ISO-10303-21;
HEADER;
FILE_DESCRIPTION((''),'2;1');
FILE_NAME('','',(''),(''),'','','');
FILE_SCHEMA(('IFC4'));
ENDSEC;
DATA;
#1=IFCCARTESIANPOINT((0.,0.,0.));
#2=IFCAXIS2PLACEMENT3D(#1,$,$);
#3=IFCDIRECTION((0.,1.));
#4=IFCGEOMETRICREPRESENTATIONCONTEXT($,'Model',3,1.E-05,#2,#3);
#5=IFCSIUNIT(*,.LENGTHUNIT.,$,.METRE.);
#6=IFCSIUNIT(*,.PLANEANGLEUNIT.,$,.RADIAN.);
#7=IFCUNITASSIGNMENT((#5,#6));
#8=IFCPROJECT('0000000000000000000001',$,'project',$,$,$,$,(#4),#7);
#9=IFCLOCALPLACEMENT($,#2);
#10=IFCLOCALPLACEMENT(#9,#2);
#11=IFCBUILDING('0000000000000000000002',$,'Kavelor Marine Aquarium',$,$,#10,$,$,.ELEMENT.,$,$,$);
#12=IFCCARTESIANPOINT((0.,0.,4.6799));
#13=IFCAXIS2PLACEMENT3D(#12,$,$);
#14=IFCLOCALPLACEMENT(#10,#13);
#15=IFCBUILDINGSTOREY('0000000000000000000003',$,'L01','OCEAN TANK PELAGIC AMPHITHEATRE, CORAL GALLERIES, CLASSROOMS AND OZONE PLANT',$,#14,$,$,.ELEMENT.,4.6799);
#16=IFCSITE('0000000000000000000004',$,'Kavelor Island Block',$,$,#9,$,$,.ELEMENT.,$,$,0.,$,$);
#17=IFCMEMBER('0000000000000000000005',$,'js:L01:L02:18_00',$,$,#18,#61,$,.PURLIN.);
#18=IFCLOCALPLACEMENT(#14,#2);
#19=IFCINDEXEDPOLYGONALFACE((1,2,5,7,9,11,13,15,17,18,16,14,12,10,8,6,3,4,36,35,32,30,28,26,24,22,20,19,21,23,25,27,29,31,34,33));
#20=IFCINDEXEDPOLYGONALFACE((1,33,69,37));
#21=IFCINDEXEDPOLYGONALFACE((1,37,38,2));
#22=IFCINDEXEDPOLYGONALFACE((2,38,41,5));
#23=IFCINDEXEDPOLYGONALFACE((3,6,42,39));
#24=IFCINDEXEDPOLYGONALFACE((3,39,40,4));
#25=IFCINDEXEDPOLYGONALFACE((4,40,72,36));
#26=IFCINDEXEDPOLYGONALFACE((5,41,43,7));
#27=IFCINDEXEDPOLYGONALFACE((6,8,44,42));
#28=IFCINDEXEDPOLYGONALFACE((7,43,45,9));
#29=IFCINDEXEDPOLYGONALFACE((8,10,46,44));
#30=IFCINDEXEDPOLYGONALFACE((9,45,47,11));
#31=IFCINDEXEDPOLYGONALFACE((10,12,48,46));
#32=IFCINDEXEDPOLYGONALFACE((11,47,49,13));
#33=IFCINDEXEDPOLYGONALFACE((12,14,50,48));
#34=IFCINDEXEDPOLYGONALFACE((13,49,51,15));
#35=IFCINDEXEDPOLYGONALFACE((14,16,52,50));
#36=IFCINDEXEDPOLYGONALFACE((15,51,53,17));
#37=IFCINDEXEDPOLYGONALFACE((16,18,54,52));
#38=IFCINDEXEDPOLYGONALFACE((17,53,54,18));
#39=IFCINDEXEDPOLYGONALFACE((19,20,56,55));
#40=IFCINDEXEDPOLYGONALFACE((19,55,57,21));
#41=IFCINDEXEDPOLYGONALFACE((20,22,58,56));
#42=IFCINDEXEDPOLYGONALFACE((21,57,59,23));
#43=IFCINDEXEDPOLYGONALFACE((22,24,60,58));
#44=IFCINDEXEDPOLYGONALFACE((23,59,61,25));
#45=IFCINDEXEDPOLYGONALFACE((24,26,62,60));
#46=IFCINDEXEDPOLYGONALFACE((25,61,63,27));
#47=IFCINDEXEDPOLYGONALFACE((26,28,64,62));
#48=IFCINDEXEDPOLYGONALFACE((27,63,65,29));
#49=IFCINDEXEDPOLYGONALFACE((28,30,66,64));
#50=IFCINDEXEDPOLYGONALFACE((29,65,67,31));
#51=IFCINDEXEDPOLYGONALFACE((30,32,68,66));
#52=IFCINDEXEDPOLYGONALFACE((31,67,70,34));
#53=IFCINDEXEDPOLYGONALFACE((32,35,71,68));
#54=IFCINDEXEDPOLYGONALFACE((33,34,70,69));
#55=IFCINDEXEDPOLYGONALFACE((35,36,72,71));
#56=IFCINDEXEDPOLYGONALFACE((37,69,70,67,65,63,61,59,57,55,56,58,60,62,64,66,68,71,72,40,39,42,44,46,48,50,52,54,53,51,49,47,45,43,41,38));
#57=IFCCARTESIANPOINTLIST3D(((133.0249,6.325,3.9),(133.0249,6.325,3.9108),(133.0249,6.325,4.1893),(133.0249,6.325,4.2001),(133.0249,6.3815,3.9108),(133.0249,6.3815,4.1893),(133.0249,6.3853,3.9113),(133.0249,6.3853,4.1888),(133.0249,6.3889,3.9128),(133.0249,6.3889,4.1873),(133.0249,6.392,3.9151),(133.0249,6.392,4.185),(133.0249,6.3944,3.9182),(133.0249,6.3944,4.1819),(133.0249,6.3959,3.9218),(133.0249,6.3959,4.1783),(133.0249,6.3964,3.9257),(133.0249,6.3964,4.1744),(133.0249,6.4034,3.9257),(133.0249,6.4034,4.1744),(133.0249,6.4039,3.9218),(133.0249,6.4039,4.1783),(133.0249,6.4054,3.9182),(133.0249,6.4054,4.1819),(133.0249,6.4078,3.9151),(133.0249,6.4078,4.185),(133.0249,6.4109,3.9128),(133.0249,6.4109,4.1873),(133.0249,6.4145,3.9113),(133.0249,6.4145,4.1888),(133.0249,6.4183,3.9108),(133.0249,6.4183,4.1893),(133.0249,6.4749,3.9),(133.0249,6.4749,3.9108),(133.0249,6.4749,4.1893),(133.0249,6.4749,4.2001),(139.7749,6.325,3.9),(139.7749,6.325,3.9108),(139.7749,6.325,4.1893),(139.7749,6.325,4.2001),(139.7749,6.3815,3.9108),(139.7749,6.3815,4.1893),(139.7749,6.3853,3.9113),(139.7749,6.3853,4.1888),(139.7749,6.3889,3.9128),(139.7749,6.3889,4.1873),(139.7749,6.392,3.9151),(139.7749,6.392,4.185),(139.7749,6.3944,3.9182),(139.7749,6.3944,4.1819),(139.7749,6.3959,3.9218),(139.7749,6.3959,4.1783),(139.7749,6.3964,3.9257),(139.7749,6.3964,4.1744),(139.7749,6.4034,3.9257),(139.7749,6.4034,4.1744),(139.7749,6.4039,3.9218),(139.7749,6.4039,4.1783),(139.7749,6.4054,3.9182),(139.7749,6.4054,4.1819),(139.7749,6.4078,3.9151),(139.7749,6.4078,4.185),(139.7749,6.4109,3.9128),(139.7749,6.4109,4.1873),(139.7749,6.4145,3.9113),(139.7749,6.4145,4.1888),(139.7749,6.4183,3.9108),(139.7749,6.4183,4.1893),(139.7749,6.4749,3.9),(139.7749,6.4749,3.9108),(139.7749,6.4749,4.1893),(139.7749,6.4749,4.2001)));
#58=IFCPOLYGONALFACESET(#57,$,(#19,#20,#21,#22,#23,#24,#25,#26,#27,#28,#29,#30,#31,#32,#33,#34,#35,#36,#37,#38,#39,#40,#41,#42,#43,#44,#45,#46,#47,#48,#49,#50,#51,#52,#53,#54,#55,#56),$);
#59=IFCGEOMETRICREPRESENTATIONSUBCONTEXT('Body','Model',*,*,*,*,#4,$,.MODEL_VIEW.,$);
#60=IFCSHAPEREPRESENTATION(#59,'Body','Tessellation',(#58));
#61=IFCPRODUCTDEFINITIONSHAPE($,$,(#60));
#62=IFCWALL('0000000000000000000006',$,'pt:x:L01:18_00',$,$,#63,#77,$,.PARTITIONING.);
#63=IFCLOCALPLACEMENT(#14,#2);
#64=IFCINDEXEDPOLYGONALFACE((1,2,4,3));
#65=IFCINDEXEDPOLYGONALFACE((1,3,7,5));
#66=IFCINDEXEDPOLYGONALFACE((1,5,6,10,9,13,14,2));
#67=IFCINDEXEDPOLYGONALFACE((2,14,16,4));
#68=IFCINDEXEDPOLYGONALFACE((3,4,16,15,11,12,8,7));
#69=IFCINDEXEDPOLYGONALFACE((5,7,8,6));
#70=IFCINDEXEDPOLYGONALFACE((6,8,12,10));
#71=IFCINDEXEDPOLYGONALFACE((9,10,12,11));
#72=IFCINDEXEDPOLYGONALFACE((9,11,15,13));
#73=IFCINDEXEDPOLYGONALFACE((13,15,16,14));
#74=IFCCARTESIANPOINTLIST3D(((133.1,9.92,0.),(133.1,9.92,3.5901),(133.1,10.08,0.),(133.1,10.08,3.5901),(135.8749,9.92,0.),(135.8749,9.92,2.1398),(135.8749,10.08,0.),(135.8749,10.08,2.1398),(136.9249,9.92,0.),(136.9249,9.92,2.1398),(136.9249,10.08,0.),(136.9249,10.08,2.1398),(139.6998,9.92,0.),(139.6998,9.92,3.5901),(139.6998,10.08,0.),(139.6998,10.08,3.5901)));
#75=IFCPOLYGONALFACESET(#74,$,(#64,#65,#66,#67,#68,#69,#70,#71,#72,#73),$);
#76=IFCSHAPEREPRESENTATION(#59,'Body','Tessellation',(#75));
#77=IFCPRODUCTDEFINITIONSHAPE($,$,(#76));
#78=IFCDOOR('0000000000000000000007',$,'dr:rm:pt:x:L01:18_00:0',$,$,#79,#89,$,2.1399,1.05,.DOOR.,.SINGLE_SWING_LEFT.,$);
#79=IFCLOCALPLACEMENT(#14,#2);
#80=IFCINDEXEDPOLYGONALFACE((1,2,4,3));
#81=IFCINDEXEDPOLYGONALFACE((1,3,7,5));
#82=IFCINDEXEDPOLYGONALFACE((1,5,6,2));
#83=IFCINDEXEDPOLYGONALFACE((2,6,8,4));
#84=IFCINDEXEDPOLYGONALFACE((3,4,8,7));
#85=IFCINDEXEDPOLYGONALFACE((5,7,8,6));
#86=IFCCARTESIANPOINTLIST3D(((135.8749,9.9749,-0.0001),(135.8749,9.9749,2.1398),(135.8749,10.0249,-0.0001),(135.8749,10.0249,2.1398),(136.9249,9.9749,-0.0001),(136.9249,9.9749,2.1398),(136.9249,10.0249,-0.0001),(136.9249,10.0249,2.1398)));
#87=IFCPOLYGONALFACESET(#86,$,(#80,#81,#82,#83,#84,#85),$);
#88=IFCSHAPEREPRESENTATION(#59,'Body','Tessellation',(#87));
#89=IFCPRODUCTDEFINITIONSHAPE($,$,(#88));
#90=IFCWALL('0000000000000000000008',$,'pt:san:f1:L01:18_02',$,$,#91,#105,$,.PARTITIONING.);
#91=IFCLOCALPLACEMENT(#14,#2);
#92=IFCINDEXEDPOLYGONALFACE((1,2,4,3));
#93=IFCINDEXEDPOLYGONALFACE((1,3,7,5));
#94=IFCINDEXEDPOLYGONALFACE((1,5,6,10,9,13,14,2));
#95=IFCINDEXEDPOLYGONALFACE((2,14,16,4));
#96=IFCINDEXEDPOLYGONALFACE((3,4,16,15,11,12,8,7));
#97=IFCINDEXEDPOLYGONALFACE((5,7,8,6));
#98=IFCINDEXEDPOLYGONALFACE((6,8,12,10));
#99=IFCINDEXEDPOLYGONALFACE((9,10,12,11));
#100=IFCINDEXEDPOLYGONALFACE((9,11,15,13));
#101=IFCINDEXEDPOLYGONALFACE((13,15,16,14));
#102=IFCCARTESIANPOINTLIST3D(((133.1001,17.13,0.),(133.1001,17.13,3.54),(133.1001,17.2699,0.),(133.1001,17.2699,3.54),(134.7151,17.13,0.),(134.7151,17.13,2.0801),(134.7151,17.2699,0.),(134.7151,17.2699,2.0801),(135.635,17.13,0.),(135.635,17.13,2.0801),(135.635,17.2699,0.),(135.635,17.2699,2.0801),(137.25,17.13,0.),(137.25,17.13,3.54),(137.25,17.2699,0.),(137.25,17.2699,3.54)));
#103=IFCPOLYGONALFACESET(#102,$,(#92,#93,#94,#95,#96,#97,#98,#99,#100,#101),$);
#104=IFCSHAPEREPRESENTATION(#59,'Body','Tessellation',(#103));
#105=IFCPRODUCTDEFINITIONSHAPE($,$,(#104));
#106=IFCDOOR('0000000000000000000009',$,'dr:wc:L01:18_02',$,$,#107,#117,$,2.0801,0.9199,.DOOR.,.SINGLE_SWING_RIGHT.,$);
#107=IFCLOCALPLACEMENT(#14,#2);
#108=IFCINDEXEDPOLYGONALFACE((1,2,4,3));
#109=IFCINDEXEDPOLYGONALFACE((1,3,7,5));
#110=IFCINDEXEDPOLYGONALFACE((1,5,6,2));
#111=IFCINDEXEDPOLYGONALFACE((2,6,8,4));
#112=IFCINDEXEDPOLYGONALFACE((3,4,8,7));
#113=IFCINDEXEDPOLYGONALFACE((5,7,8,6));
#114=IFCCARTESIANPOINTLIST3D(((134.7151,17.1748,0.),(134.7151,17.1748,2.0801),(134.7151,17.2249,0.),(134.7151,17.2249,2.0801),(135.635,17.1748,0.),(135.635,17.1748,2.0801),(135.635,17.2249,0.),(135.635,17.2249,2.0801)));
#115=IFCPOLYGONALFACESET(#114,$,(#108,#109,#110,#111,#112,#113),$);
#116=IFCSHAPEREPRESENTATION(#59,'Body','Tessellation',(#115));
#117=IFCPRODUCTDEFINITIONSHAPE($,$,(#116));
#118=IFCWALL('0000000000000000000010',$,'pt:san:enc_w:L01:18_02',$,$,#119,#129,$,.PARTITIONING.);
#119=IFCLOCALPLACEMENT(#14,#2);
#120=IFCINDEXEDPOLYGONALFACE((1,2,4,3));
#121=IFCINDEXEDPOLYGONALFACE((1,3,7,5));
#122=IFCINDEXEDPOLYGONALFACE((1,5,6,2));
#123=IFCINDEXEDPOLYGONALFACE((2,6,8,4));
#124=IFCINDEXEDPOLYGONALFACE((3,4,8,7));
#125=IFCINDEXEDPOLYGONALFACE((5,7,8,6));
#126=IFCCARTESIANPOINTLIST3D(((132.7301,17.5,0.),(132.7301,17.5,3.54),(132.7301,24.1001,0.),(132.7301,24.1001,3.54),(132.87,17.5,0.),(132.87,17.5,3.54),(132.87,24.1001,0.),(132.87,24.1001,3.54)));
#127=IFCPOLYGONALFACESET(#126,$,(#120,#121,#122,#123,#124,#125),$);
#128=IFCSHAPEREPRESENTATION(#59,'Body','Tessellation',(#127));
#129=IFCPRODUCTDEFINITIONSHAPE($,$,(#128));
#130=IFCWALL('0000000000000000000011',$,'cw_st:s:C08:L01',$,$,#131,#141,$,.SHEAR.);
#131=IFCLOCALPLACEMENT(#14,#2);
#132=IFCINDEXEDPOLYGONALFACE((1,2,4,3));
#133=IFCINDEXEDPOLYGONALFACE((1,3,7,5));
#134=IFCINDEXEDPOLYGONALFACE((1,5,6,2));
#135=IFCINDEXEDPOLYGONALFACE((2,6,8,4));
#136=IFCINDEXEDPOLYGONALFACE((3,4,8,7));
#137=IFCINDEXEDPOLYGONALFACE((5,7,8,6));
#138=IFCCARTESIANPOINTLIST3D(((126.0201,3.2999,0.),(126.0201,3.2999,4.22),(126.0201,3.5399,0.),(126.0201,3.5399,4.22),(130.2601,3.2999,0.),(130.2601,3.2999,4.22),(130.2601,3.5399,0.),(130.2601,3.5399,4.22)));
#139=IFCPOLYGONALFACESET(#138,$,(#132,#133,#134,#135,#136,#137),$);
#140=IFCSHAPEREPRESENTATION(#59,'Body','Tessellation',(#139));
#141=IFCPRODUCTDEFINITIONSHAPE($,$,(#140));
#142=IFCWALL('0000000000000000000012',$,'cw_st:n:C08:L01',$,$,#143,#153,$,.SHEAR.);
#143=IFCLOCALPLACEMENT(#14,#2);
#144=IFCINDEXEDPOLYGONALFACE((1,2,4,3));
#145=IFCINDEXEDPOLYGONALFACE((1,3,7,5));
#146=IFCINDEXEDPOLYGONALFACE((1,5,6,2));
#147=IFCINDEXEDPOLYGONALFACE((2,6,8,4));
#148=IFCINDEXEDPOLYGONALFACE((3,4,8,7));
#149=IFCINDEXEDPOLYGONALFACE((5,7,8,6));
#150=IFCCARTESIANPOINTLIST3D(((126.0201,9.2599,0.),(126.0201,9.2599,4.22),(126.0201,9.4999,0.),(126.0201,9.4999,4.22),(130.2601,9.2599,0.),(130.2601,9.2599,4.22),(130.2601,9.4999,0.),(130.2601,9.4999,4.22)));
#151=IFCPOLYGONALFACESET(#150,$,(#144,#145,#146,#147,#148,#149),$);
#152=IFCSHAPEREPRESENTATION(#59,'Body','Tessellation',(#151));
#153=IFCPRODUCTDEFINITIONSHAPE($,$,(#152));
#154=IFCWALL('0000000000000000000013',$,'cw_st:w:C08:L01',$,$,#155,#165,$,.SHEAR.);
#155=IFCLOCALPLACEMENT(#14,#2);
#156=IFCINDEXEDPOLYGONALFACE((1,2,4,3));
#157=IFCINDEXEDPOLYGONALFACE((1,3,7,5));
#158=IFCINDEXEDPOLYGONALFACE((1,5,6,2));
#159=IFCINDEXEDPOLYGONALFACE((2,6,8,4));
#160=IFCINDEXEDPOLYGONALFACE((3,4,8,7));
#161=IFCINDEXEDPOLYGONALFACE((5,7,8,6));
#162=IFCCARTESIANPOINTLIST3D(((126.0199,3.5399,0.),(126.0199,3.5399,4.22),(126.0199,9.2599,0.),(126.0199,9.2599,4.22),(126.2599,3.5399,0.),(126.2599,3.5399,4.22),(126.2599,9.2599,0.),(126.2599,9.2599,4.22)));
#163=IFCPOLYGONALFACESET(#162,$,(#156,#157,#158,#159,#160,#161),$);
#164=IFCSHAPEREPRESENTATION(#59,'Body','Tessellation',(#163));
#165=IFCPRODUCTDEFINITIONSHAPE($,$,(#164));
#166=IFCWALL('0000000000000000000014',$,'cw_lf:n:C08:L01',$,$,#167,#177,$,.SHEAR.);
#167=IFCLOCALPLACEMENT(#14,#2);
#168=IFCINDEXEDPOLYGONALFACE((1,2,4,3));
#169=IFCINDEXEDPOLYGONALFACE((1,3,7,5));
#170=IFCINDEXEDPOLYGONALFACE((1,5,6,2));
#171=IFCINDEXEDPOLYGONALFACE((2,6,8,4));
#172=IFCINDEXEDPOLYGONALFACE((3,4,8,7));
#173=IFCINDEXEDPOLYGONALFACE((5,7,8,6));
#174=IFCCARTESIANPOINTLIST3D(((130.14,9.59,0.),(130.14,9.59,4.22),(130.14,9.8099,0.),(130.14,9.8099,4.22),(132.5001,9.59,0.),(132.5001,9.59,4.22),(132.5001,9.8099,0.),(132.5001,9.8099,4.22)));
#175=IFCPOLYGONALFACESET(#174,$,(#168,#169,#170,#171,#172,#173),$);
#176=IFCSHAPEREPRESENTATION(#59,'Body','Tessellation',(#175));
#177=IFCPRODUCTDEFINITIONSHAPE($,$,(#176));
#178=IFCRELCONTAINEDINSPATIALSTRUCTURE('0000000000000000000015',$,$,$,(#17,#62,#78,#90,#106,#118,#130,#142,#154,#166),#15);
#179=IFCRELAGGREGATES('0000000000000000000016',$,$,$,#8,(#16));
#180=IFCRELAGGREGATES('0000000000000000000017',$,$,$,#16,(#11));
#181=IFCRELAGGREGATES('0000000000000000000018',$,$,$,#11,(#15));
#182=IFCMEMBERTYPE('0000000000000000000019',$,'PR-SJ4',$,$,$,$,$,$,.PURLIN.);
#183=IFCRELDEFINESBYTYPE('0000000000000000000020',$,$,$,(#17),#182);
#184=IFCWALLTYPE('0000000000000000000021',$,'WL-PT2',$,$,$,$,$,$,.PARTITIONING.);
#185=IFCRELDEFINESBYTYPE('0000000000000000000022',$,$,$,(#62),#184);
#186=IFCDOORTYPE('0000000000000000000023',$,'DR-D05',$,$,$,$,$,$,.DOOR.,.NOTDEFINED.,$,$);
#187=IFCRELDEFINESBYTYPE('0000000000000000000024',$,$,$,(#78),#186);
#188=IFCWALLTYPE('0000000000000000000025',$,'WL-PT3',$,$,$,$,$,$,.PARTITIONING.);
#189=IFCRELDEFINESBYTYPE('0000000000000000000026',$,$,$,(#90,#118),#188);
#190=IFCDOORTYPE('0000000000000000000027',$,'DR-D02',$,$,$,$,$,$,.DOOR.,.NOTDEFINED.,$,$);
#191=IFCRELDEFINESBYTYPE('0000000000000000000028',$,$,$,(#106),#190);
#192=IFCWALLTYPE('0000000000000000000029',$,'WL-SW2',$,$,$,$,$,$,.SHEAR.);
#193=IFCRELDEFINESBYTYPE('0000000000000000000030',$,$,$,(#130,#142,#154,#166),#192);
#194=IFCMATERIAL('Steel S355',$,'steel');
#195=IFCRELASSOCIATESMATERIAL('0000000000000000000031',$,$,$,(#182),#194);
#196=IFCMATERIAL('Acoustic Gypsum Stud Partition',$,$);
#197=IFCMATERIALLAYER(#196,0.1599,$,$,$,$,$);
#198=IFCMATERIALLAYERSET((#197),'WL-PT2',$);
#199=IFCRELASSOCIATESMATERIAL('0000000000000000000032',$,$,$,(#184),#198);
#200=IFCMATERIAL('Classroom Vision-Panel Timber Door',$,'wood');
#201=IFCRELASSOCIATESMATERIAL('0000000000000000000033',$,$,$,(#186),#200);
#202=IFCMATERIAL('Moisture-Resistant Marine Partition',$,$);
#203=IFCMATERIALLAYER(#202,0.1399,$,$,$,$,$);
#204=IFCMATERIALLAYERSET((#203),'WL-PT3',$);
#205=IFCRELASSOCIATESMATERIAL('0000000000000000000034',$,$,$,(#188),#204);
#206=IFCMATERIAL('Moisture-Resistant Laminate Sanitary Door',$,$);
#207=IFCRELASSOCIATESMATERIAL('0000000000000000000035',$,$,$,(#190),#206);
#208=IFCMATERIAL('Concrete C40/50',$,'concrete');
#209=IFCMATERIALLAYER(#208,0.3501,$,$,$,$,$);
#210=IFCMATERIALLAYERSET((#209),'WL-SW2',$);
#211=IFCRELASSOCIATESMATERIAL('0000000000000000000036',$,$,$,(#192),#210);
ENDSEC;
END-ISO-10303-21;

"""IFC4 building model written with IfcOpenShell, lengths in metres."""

from ifc_helpers import new_model, si_unit, direction, frame, frame_2d, origin, origin_2d, place, context, subcontext, project, spatial, rectangle, i_section, extrude, material, layer, layer_set, material_profile, profile_set, type_object, element, fill, save


model = new_model("IFC4")

# Units and contexts
model_context = context("Model", 3, precision=1e-05, world=origin(), true_north=direction((0.0, 1.0)))
body_context = subcontext(model_context, "Body", "Model", "MODEL_VIEW")
ifc_project = project(units=[si_unit("LENGTHUNIT", "METRE"), si_unit("PLANEANGLEUNIT", "RADIAN")], contexts=[model_context])

# Site, building, storey
site_placement = place(None, origin())
site = spatial("IfcSite", under=ifc_project, at=site_placement, Name="Kavelor Island Block", CompositionType="ELEMENT", RefElevation=0.0)
building_placement = place(site_placement, origin())
building = spatial("IfcBuilding", under=site, at=building_placement, Name="Kavelor Marine Aquarium", CompositionType="ELEMENT")
storey_placement = place(building_placement, frame((0.0, 0.0, 4.6799)))
storey = spatial("IfcBuildingStorey", under=building, at=storey_placement, Name="L01", Description="OCEAN TANK PELAGIC AMPHITHEATRE, CORAL GALLERIES, CLASSROOMS AND OZONE PLANT", CompositionType="ELEMENT", Elevation=4.6799)

# Member
ifc_material_1 = material(Name="Steel S355", Category="steel")
ifc_material_profile_1 = material_profile(ifc_material_1, i_section(OverallWidth=0.1499, OverallDepth=0.3, WebThickness=0.0071, FlangeThickness=0.0107, FilletRadius=0.0149, at=origin_2d()), Name="IPE 300")
ifc_profile_set_1 = profile_set([ifc_material_profile_1], Name="Steel S355")
member_type_1 = type_object("IfcMemberType", Name="PR-SJ4", PredefinedType="PURLIN", material=ifc_profile_set_1)
member_1_placement = place(storey_placement, frame((133.0249, 6.3999, 4.05), z_axis=(1.0, 0.0, 0.0), x_axis=(0.0, 1.0, 0.0)))
element("IfcMember", 1, at=member_1_placement, inside=storey, type_object=member_type_1, Name="js:L01:L02:18_00", PredefinedType="PURLIN", context=body_context, shape_type="SweptSolid", body=[
    extrude(i_section(OverallWidth=0.1499, OverallDepth=0.3, WebThickness=0.0071, FlangeThickness=0.0107, FilletRadius=0.0149, at=origin_2d()), origin(), (0.0, 0.0, 1.0), 6.75),
])

# Walls, openings, doors
ifc_material_2 = material(Name="Acoustic Gypsum Stud Partition")
ifc_layer_1 = layer(ifc_material_2, 0.1599)
ifc_layer_set_1 = layer_set([ifc_layer_1], Name="WL-PT2")
wall_type_1 = type_object("IfcWallType", Name="WL-PT2", PredefinedType="PARTITIONING", material=ifc_layer_set_1)
wall_1_placement = place(storey_placement, frame((133.1001, 10.0, 0.0), z_axis=(0.0, 0.0, 1.0), x_axis=(1.0, 0.0, 0.0)))
wall_1 = element("IfcWall", 2, at=wall_1_placement, inside=storey, type_object=wall_type_1, Name="pt:x:L01:18_00", PredefinedType="PARTITIONING", context=body_context, shape_type="SweptSolid", body=[
    extrude(rectangle(XDim=6.5999, YDim=0.1599, at=frame_2d((3.2998, 0.0))), origin(), (0.0, 0.0, 1.0), 3.5901),
])
opening_1_placement = place(wall_1_placement, frame((2.7749, 0.0, 0.0)))
opening_1 = element("IfcOpeningElement", 3, at=opening_1_placement, cuts=wall_1, PredefinedType="OPENING", context=body_context, shape_type="SweptSolid", body=[
    extrude(rectangle(XDim=1.05, YDim=2.1399, at=frame_2d((0.5249, 1.0698))), frame((0.0, 0.0898, 0.0), z_axis=(0.0, -1.0, 0.0), x_axis=(1.0, 0.0, 0.0)), (0.0, 0.0, 1.0), 0.1799),
])
ifc_material_3 = material(Name="Classroom Vision-Panel Timber Door", Category="wood")
door_type_1 = type_object("IfcDoorType", Name="DR-D05", OperationType="NOTDEFINED", PredefinedType="DOOR", material=ifc_material_3)
door_1_placement = place(opening_1_placement, origin())
door_1 = element("IfcDoor", 4, at=door_1_placement, inside=storey, type_object=door_type_1, Name="dr:rm:pt:x:L01:18_00:0", OperationType="SINGLE_SWING_LEFT", OverallHeight=2.1399, OverallWidth=1.05, PredefinedType="DOOR", context=body_context, shape_type="SweptSolid", body=[
    extrude(rectangle(XDim=1.05, YDim=2.1399, at=frame_2d((0.5249, 1.0698))), frame((0.0, 0.0249, 0.0), z_axis=(0.0, -1.0, 0.0), x_axis=(1.0, 0.0, 0.0)), (0.0, 0.0, 1.0), 0.05),
])
fill(opening_1, door_1)
ifc_material_4 = material(Name="Moisture-Resistant Marine Partition")
ifc_layer_2 = layer(ifc_material_4, 0.1399)
ifc_layer_set_2 = layer_set([ifc_layer_2], Name="WL-PT3")
wall_type_2 = type_object("IfcWallType", Name="WL-PT3", PredefinedType="PARTITIONING", material=ifc_layer_set_2)
wall_2_placement = place(storey_placement, frame((133.1001, 17.2, 0.0), z_axis=(0.0, 0.0, 1.0), x_axis=(1.0, 0.0, 0.0)))
wall_2 = element("IfcWall", 5, at=wall_2_placement, inside=storey, type_object=wall_type_2, Name="pt:san:f1:L01:18_02", PredefinedType="PARTITIONING", context=body_context, shape_type="SweptSolid", body=[
    extrude(rectangle(XDim=4.1499, YDim=0.1399, at=frame_2d((2.075, 0.0))), origin(), (0.0, 0.0, 1.0), 3.54),
])
opening_2_placement = place(wall_2_placement, frame((1.615, 0.0, 0.0)))
opening_2 = element("IfcOpeningElement", 6, at=opening_2_placement, cuts=wall_2, PredefinedType="OPENING", context=body_context, shape_type="SweptSolid", body=[
    extrude(rectangle(XDim=0.9199, YDim=2.0801, at=frame_2d((0.46, 1.04))), frame((0.0, 0.0798, 0.0), z_axis=(0.0, -1.0, 0.0), x_axis=(1.0, 0.0, 0.0)), (0.0, 0.0, 1.0), 0.1599),
])
ifc_material_5 = material(Name="Moisture-Resistant Laminate Sanitary Door")
door_type_2 = type_object("IfcDoorType", Name="DR-D02", OperationType="NOTDEFINED", PredefinedType="DOOR", material=ifc_material_5)
door_2_placement = place(opening_2_placement, origin())
door_2 = element("IfcDoor", 7, at=door_2_placement, inside=storey, type_object=door_type_2, Name="dr:wc:L01:18_02", OperationType="SINGLE_SWING_RIGHT", OverallHeight=2.0801, OverallWidth=0.9199, PredefinedType="DOOR", context=body_context, shape_type="SweptSolid", body=[
    extrude(rectangle(XDim=0.9199, YDim=2.0801, at=frame_2d((0.46, 1.04))), frame((0.0, 0.0249, 0.0), z_axis=(0.0, -1.0, 0.0), x_axis=(1.0, 0.0, 0.0)), (0.0, 0.0, 1.0), 0.05),
])
fill(opening_2, door_2)

# Walls
wall_3_placement = place(storey_placement, frame((132.8, 17.5, 0.0), z_axis=(0.0, 0.0, 1.0), x_axis=(0.0, 1.0, 0.0)))
element("IfcWall", 8, at=wall_3_placement, inside=storey, type_object=wall_type_2, Name="pt:san:enc_w:L01:18_02", PredefinedType="PARTITIONING", context=body_context, shape_type="SweptSolid", body=[
    extrude(rectangle(XDim=6.6001, YDim=0.1399, at=frame_2d((3.3, 0.0))), origin(), (0.0, 0.0, 1.0), 3.54),
])
ifc_material_6 = material(Name="Concrete C40/50", Category="concrete")
ifc_layer_3 = layer(ifc_material_6, 0.3501)
ifc_layer_set_3 = layer_set([ifc_layer_3], Name="WL-SW2")
wall_type_3 = type_object("IfcWallType", Name="WL-SW2", PredefinedType="SHEAR", material=ifc_layer_set_3)
for number, where, z_axis, x_axis, name in (
    (9, (126.02, 3.4199, 0.0), (0.0, 0.0, 1.0), (1.0, 0.0, 0.0), "cw_st:s:C08:L01"),
    (10, (126.02, 9.3799, 0.0), (0.0, 0.0, 1.0), (1.0, 0.0, 0.0), "cw_st:n:C08:L01"),
):
    element("IfcWall", number, at=place(storey_placement, frame(where, z_axis=z_axis, x_axis=x_axis)), inside=storey, type_object=wall_type_3, Name=name, PredefinedType="SHEAR", context=body_context, shape_type="SweptSolid", body=[
        extrude(rectangle(XDim=4.24, YDim=0.24, at=frame_2d((2.1201, 0.0))), origin(), (0.0, 0.0, 1.0), 4.22),
    ])
wall_4_placement = place(storey_placement, frame((126.1399, 3.54, 0.0), z_axis=(0.0, 0.0, 1.0), x_axis=(0.0, 1.0, 0.0)))
element("IfcWall", 11, at=wall_4_placement, inside=storey, type_object=wall_type_3, Name="cw_st:w:C08:L01", PredefinedType="SHEAR", context=body_context, shape_type="SweptSolid", body=[
    extrude(rectangle(XDim=5.72, YDim=0.24, at=frame_2d((2.8599, 0.0))), origin(), (0.0, 0.0, 1.0), 4.22),
])

# Wall
wall_5_placement = place(storey_placement, frame((130.1399, 9.7, 0.0), z_axis=(0.0, 0.0, 1.0), x_axis=(1.0, 0.0, 0.0)))
element("IfcWall", 12, at=wall_5_placement, inside=storey, type_object=wall_type_3, Name="cw_lf:n:C08:L01", PredefinedType="SHEAR", context=body_context, shape_type="SweptSolid", body=[
    extrude(rectangle(XDim=2.3601, YDim=0.22, at=frame_2d((1.1802, 0.0))), origin(), (0.0, 0.0, 1.0), 4.22),
])

save(model, "model.ifc")
